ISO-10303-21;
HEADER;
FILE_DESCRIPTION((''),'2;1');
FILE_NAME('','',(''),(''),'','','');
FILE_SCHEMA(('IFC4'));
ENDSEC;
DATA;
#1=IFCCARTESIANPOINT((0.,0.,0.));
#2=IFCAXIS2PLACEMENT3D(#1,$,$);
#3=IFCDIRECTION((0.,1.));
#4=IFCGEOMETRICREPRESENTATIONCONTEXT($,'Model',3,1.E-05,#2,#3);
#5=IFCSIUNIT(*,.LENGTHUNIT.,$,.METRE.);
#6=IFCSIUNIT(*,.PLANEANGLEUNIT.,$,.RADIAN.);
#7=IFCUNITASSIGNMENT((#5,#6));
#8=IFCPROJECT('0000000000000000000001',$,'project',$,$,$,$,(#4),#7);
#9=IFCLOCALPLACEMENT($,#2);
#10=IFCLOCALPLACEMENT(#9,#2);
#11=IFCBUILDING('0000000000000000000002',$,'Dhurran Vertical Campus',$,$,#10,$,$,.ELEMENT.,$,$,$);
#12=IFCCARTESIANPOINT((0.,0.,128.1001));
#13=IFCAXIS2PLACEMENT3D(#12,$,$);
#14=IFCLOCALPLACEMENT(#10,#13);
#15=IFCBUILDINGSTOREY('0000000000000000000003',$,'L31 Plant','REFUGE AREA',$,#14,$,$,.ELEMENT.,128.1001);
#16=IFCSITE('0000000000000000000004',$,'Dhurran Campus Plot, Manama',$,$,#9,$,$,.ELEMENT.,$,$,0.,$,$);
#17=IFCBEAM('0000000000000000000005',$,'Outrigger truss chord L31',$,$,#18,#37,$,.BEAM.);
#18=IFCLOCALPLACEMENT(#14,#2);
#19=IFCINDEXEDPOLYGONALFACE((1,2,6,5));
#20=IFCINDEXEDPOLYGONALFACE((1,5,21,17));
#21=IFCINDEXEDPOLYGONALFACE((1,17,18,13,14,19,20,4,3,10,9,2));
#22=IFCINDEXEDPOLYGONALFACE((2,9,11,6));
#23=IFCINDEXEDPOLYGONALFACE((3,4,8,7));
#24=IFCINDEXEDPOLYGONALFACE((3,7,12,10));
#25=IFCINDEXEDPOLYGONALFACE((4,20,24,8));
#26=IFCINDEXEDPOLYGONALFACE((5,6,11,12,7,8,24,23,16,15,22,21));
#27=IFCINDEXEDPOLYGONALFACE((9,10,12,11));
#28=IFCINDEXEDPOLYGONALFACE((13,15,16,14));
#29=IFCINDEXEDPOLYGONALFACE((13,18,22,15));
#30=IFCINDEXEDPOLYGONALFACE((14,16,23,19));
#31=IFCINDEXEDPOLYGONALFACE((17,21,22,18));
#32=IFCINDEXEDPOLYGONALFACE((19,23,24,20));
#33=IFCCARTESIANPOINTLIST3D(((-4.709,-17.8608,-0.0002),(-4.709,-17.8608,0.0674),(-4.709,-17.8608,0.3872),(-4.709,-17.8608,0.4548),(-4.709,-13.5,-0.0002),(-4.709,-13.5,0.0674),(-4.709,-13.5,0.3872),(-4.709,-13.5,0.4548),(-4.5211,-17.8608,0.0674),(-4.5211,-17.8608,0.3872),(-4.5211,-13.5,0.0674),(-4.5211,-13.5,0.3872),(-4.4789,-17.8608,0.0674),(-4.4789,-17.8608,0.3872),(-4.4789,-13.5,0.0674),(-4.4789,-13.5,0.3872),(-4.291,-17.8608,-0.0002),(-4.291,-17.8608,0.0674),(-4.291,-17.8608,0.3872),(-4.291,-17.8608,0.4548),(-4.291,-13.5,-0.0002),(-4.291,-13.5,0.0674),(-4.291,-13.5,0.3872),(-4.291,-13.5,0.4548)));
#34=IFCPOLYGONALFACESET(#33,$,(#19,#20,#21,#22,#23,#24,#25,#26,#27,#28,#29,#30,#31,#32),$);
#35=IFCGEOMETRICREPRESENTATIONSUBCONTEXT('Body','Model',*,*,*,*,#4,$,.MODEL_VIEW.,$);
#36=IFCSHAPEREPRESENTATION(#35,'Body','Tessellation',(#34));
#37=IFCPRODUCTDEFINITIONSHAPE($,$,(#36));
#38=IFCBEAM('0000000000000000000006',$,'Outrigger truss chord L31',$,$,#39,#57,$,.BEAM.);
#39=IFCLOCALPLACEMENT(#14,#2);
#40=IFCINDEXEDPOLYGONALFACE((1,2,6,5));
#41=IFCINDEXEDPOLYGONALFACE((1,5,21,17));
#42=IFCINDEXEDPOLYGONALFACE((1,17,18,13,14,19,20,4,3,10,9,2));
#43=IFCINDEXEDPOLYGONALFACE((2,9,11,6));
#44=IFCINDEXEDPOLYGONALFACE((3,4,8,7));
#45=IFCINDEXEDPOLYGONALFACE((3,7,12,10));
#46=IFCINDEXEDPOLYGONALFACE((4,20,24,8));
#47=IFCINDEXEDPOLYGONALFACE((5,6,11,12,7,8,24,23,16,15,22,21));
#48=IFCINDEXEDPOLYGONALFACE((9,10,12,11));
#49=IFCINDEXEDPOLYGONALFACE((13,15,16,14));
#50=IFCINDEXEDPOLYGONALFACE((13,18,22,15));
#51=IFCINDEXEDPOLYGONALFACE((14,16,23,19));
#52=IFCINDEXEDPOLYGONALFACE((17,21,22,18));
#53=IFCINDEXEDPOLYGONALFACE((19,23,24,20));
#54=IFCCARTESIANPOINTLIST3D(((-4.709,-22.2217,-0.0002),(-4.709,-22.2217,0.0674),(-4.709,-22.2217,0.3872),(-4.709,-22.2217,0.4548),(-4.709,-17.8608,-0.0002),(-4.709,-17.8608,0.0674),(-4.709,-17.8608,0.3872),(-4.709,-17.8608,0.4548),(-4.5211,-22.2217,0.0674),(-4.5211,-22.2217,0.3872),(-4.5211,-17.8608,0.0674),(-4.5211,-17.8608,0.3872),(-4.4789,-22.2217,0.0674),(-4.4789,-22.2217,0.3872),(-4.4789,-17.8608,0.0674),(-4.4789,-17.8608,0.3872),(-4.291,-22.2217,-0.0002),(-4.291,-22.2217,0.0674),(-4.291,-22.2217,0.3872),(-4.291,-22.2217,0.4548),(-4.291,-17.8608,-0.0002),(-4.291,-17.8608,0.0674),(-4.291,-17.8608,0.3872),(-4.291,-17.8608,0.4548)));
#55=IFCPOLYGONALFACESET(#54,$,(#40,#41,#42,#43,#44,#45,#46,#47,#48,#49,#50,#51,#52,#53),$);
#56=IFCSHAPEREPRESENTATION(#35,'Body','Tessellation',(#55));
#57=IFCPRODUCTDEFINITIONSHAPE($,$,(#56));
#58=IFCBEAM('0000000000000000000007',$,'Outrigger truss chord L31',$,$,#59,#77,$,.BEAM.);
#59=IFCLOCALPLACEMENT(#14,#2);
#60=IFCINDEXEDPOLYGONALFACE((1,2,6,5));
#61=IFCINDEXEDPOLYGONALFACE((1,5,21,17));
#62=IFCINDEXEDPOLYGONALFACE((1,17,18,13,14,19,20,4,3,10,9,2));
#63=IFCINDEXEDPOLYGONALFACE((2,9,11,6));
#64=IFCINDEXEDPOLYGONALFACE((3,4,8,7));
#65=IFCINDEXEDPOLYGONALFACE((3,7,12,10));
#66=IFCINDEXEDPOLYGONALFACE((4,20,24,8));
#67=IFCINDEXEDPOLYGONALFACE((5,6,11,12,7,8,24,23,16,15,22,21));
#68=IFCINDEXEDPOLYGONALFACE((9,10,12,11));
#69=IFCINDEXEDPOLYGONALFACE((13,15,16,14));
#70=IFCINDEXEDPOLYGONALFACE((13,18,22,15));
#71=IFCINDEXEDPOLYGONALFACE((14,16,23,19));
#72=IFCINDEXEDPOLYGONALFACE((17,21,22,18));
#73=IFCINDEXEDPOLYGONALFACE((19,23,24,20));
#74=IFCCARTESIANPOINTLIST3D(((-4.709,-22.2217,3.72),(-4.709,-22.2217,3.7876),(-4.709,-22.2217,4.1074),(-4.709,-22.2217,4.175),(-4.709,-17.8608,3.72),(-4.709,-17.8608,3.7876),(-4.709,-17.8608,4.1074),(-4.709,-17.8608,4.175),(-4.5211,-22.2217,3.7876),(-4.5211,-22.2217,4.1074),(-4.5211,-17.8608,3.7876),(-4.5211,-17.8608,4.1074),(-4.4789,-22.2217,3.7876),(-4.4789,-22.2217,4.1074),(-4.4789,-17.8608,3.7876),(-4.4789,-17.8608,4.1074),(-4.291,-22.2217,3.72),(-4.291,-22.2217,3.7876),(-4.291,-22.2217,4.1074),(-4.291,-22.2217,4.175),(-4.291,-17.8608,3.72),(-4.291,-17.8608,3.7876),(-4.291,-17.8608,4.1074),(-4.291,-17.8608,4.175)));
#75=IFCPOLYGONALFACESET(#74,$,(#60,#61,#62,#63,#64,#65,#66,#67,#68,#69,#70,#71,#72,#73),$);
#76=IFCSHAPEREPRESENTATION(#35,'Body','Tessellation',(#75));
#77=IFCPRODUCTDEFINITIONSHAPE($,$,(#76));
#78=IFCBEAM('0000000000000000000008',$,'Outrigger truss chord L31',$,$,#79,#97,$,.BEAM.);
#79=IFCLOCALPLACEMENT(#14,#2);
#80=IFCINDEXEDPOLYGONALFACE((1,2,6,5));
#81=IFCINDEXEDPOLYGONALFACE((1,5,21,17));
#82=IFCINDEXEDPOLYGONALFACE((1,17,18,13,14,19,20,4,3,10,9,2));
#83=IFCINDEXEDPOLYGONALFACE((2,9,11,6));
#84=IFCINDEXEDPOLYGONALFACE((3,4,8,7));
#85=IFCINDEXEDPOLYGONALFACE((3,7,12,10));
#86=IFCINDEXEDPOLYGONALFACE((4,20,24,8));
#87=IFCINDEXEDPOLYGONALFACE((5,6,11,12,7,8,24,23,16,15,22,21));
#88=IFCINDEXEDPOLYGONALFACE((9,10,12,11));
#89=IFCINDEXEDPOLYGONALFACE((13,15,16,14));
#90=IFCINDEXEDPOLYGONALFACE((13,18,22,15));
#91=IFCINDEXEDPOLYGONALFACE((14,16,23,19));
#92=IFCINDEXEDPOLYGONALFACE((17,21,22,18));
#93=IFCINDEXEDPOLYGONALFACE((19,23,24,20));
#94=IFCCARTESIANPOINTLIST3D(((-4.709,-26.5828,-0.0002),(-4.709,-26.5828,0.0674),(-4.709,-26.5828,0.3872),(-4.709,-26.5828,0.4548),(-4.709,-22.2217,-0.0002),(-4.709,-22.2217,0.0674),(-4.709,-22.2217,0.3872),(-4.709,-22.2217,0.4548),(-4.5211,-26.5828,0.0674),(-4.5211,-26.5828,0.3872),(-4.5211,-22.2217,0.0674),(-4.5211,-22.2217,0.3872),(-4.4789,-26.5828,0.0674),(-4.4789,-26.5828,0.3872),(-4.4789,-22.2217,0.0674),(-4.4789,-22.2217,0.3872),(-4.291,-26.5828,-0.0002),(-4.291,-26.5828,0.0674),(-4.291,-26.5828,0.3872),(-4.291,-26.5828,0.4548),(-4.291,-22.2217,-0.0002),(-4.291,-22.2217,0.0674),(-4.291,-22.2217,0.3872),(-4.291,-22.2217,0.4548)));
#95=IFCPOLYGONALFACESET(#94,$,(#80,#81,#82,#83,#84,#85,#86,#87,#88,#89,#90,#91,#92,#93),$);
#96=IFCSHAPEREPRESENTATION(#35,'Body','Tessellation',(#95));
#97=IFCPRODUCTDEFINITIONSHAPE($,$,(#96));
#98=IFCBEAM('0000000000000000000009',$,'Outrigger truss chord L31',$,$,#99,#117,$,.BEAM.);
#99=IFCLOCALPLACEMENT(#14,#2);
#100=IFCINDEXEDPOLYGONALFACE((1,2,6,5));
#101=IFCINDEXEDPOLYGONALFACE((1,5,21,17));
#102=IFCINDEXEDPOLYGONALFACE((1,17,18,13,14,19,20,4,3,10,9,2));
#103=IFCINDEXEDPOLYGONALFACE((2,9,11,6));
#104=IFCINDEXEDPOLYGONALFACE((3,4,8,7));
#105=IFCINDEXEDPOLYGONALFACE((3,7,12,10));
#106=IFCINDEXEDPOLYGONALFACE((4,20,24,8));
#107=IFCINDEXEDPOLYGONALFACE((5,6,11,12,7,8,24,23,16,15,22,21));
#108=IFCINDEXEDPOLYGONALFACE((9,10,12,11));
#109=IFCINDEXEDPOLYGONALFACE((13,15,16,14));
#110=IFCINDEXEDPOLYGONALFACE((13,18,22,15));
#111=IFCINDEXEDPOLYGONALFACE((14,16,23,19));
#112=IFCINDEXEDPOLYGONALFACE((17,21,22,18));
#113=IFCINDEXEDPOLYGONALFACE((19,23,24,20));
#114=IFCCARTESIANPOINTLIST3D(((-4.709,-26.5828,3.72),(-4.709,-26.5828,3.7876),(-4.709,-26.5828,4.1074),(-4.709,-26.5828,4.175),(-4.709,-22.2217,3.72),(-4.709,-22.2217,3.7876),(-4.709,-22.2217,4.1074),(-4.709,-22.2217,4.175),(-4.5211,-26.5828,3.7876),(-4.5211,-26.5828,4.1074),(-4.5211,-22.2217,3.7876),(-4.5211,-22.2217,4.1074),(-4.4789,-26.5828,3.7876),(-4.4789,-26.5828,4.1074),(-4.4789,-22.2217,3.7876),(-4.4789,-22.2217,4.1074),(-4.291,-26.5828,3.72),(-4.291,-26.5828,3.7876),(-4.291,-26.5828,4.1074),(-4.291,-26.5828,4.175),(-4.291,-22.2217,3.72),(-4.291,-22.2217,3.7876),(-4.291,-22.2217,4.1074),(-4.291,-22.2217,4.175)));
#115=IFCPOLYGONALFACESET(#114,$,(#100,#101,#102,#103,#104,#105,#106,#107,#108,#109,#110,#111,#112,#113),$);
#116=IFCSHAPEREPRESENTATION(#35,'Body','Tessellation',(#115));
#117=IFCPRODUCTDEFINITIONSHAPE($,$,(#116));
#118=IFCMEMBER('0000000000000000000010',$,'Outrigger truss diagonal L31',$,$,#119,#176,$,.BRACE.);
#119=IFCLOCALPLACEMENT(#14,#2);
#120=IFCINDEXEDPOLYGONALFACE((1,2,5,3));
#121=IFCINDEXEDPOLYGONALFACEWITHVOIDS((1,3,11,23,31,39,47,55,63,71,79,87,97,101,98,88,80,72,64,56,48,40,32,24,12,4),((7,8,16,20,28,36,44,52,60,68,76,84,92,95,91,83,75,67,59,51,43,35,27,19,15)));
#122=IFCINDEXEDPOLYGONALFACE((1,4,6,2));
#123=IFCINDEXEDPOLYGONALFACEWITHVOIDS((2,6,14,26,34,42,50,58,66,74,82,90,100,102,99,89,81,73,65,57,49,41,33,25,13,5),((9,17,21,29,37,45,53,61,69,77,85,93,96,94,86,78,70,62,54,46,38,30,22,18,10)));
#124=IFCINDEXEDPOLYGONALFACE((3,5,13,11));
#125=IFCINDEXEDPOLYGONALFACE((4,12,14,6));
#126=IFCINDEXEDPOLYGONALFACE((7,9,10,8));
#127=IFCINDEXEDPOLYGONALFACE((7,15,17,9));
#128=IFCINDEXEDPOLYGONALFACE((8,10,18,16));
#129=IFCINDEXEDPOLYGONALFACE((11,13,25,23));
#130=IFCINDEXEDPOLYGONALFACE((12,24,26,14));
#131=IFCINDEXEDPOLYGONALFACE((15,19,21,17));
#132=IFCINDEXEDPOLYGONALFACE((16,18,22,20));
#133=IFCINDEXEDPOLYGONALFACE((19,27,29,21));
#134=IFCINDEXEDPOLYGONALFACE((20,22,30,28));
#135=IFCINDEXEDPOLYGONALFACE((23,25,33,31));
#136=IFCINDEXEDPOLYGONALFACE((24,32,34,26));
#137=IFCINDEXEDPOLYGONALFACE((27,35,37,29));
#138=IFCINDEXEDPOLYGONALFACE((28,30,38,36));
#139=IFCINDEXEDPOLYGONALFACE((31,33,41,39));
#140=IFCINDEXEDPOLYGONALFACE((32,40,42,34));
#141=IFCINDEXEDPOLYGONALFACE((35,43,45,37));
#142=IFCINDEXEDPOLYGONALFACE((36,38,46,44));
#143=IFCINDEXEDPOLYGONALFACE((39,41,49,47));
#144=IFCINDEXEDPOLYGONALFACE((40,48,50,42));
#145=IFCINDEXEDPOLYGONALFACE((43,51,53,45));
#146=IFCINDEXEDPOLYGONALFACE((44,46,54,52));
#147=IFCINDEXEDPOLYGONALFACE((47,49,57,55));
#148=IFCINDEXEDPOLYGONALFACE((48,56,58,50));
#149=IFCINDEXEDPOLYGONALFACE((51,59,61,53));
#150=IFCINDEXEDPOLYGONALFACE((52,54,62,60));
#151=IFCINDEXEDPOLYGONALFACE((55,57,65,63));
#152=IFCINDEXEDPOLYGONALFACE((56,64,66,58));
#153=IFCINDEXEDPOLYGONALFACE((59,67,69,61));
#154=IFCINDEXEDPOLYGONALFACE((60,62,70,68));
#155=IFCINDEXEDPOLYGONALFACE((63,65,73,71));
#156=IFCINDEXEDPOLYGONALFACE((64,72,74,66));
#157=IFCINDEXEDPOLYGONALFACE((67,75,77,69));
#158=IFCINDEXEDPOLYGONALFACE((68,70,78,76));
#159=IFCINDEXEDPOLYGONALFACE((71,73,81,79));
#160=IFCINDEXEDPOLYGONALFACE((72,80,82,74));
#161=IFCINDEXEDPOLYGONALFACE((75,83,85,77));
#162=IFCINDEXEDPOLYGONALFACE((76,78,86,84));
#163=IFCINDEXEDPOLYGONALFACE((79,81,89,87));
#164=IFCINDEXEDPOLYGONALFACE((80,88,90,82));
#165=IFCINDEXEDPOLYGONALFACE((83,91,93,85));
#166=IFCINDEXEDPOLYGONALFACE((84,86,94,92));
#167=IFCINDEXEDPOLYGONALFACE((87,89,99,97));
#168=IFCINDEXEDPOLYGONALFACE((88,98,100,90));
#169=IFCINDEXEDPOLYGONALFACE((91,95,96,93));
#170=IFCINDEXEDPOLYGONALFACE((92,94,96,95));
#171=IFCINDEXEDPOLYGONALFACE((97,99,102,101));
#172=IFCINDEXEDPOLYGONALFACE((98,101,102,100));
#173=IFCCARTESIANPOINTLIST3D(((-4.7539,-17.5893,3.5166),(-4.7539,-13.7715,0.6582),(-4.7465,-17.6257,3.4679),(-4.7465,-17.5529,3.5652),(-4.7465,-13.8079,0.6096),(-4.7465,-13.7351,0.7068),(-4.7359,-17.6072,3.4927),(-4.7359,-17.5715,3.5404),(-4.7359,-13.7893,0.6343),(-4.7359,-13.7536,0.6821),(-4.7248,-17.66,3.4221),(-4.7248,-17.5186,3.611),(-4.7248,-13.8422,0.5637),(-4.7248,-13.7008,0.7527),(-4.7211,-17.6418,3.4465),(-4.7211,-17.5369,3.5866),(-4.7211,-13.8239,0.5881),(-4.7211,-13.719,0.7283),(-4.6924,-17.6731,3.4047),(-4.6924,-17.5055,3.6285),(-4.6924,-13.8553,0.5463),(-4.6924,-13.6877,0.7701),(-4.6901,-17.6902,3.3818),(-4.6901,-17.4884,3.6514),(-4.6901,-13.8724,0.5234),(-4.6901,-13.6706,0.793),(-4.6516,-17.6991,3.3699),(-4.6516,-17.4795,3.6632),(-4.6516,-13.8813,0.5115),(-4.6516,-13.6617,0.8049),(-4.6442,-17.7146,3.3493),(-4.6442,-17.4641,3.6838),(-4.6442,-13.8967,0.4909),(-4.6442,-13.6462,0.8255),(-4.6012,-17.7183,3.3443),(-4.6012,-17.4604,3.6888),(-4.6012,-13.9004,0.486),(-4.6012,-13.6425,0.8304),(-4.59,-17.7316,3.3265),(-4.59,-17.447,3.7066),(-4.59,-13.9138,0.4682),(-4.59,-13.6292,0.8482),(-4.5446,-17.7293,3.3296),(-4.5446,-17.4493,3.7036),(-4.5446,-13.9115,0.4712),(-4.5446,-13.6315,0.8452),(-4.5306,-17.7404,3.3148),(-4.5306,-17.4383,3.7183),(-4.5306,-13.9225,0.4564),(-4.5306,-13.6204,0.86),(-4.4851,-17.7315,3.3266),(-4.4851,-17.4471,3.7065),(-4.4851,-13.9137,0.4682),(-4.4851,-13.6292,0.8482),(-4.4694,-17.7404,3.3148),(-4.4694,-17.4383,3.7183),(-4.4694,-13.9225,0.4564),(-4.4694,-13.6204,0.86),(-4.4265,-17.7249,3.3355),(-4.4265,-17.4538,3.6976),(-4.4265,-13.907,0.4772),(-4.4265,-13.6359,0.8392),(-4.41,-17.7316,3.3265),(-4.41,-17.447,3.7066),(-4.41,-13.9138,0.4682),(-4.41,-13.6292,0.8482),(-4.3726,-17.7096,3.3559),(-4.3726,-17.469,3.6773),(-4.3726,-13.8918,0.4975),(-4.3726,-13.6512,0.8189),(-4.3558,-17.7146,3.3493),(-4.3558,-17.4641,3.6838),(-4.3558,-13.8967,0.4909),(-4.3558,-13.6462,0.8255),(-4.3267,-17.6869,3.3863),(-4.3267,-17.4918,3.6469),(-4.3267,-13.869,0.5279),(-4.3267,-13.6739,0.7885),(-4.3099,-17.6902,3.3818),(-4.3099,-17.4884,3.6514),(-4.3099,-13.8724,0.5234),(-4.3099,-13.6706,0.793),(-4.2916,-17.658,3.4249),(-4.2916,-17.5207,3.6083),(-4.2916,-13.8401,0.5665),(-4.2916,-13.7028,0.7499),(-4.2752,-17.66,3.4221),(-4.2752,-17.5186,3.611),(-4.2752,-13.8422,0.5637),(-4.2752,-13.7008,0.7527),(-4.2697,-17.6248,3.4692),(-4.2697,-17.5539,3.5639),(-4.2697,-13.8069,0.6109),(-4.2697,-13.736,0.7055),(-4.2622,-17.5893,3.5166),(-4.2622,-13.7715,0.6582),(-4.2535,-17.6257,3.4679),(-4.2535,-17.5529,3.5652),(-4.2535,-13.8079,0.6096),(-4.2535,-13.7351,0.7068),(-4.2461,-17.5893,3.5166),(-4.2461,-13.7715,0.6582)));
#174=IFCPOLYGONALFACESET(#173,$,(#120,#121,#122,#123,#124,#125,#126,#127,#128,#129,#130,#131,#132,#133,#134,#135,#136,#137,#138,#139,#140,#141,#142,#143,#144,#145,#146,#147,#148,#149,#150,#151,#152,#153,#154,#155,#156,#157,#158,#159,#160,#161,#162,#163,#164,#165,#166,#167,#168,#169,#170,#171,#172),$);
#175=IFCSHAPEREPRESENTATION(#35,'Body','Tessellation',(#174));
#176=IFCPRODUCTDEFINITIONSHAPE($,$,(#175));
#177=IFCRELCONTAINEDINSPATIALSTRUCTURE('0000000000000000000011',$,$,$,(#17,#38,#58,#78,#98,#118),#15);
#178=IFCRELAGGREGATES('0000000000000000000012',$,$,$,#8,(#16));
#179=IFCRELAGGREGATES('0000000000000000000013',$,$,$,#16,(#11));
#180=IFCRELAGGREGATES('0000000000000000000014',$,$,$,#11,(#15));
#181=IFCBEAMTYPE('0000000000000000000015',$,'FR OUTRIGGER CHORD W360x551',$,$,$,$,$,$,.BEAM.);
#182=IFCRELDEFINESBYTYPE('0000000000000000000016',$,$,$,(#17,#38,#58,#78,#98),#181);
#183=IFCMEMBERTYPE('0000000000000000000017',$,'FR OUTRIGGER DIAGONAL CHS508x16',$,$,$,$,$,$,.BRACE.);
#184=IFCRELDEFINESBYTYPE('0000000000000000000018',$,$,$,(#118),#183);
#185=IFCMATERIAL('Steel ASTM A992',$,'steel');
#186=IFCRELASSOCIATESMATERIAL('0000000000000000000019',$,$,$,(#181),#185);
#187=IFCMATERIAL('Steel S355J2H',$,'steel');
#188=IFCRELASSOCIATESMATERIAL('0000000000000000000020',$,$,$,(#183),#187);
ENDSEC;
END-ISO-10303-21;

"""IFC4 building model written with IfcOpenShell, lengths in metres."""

from ifc_helpers import new_model, si_unit, direction, frame, origin, origin_2d, place, context, subcontext, project, spatial, hollow_circle, i_section, extrude, material, material_profile, profile_set, type_object, element, save


model = new_model("IFC4")

# Units and contexts
model_context = context("Model", 3, precision=1e-05, world=origin(), true_north=direction((0.0, 1.0)))
body_context = subcontext(model_context, "Body", "Model", "MODEL_VIEW")
ifc_project = project(units=[si_unit("LENGTHUNIT", "METRE"), si_unit("PLANEANGLEUNIT", "RADIAN")], contexts=[model_context])

# Site, building, storey
site_placement = place(None, origin())
site = spatial("IfcSite", under=ifc_project, at=site_placement, Name="Dhurran Campus Plot, Manama", CompositionType="ELEMENT", RefElevation=0.0)
building_placement = place(site_placement, origin())
building = spatial("IfcBuilding", under=site, at=building_placement, Name="Dhurran Vertical Campus", CompositionType="ELEMENT")
storey_placement = place(building_placement, frame((0.0, 0.0, 128.1001)))
storey = spatial("IfcBuildingStorey", under=building, at=storey_placement, Name="L31 Plant", Description="REFUGE AREA", CompositionType="ELEMENT", Elevation=128.1001)

# Beams
ifc_material_1 = material(Name="Steel ASTM A992", Category="steel")
ifc_material_profile_1 = material_profile(ifc_material_1, i_section(OverallWidth=0.418, OverallDepth=0.4551, WebThickness=0.0422, FlangeThickness=0.0676, at=origin_2d()), Name="W360x551")
ifc_profile_set_1 = profile_set([ifc_material_profile_1], Name="Steel ASTM A992")
beam_type = type_object("IfcBeamType", Name="FR OUTRIGGER CHORD W360x551", PredefinedType="BEAM", material=ifc_profile_set_1)
for number, where, z_axis, x_axis, name in (
    (1, (-4.5, -13.5, 0.2273), (0.0, -1.0, 0.0), (1.0, 0.0, 0.0), "Outrigger truss chord L31"),
    (2, (-4.5, -17.8608, 0.2273), (0.0, -1.0, 0.0), (1.0, 0.0, 0.0), "Outrigger truss chord L31"),
    (3, (-4.5, -17.8608, 3.9475), (0.0, -1.0, 0.0), (1.0, 0.0, 0.0), "Outrigger truss chord L31"),
):
    element("IfcBeam", number, at=place(storey_placement, frame(where, z_axis=z_axis, x_axis=x_axis)), inside=storey, type_object=beam_type, Name=name, PredefinedType="BEAM", context=body_context, shape_type="SweptSolid", body=[
        extrude(i_section(OverallWidth=0.418, OverallDepth=0.4551, WebThickness=0.0422, FlangeThickness=0.0676, at=origin_2d()), origin(), (0.0, 0.0, 1.0), 4.3608),
    ])
for number, where, z_axis, x_axis, name in (
    (4, (-4.5, -22.2217, 0.2273), (0.0, -1.0, 0.0), (1.0, 0.0, 0.0), "Outrigger truss chord L31"),
    (5, (-4.5, -22.2217, 3.9475), (0.0, -1.0, 0.0), (1.0, 0.0, 0.0), "Outrigger truss chord L31"),
):
    element("IfcBeam", number, at=place(storey_placement, frame(where, z_axis=z_axis, x_axis=x_axis)), inside=storey, type_object=beam_type, Name=name, PredefinedType="BEAM", context=body_context, shape_type="SweptSolid", body=[
        extrude(i_section(OverallWidth=0.418, OverallDepth=0.4551, WebThickness=0.0422, FlangeThickness=0.0676, at=origin_2d()), origin(), (0.0, 0.0, 1.0), 4.3611),
    ])

# Member
ifc_material_2 = material(Name="Steel S355J2H", Category="steel")
ifc_material_profile_2 = material_profile(ifc_material_2, hollow_circle(Radius=0.2539, WallThickness=0.0161, at=origin_2d()), Name="CHS508x16")
ifc_profile_set_2 = profile_set([ifc_material_profile_2], Name="Steel S355J2H")
member_type_1 = type_object("IfcMemberType", Name="FR OUTRIGGER DIAGONAL CHS508x16", PredefinedType="BRACE", material=ifc_profile_set_2)
member_placement = place(storey_placement, frame((-4.5, -13.7715, 0.6582), z_axis=(0.0, -0.800503, 0.599328), x_axis=(1.0, 0.0, 0.0)))
element("IfcMember", 6, at=member_placement, inside=storey, type_object=member_type_1, Name="Outrigger truss diagonal L31", PredefinedType="BRACE", context=body_context, shape_type="SweptSolid", body=[
    extrude(hollow_circle(Radius=0.2539, WallThickness=0.0161, at=origin_2d()), origin(), (0.0, 0.0, 1.0), 4.7693),
])

save(model, "model.ifc")
